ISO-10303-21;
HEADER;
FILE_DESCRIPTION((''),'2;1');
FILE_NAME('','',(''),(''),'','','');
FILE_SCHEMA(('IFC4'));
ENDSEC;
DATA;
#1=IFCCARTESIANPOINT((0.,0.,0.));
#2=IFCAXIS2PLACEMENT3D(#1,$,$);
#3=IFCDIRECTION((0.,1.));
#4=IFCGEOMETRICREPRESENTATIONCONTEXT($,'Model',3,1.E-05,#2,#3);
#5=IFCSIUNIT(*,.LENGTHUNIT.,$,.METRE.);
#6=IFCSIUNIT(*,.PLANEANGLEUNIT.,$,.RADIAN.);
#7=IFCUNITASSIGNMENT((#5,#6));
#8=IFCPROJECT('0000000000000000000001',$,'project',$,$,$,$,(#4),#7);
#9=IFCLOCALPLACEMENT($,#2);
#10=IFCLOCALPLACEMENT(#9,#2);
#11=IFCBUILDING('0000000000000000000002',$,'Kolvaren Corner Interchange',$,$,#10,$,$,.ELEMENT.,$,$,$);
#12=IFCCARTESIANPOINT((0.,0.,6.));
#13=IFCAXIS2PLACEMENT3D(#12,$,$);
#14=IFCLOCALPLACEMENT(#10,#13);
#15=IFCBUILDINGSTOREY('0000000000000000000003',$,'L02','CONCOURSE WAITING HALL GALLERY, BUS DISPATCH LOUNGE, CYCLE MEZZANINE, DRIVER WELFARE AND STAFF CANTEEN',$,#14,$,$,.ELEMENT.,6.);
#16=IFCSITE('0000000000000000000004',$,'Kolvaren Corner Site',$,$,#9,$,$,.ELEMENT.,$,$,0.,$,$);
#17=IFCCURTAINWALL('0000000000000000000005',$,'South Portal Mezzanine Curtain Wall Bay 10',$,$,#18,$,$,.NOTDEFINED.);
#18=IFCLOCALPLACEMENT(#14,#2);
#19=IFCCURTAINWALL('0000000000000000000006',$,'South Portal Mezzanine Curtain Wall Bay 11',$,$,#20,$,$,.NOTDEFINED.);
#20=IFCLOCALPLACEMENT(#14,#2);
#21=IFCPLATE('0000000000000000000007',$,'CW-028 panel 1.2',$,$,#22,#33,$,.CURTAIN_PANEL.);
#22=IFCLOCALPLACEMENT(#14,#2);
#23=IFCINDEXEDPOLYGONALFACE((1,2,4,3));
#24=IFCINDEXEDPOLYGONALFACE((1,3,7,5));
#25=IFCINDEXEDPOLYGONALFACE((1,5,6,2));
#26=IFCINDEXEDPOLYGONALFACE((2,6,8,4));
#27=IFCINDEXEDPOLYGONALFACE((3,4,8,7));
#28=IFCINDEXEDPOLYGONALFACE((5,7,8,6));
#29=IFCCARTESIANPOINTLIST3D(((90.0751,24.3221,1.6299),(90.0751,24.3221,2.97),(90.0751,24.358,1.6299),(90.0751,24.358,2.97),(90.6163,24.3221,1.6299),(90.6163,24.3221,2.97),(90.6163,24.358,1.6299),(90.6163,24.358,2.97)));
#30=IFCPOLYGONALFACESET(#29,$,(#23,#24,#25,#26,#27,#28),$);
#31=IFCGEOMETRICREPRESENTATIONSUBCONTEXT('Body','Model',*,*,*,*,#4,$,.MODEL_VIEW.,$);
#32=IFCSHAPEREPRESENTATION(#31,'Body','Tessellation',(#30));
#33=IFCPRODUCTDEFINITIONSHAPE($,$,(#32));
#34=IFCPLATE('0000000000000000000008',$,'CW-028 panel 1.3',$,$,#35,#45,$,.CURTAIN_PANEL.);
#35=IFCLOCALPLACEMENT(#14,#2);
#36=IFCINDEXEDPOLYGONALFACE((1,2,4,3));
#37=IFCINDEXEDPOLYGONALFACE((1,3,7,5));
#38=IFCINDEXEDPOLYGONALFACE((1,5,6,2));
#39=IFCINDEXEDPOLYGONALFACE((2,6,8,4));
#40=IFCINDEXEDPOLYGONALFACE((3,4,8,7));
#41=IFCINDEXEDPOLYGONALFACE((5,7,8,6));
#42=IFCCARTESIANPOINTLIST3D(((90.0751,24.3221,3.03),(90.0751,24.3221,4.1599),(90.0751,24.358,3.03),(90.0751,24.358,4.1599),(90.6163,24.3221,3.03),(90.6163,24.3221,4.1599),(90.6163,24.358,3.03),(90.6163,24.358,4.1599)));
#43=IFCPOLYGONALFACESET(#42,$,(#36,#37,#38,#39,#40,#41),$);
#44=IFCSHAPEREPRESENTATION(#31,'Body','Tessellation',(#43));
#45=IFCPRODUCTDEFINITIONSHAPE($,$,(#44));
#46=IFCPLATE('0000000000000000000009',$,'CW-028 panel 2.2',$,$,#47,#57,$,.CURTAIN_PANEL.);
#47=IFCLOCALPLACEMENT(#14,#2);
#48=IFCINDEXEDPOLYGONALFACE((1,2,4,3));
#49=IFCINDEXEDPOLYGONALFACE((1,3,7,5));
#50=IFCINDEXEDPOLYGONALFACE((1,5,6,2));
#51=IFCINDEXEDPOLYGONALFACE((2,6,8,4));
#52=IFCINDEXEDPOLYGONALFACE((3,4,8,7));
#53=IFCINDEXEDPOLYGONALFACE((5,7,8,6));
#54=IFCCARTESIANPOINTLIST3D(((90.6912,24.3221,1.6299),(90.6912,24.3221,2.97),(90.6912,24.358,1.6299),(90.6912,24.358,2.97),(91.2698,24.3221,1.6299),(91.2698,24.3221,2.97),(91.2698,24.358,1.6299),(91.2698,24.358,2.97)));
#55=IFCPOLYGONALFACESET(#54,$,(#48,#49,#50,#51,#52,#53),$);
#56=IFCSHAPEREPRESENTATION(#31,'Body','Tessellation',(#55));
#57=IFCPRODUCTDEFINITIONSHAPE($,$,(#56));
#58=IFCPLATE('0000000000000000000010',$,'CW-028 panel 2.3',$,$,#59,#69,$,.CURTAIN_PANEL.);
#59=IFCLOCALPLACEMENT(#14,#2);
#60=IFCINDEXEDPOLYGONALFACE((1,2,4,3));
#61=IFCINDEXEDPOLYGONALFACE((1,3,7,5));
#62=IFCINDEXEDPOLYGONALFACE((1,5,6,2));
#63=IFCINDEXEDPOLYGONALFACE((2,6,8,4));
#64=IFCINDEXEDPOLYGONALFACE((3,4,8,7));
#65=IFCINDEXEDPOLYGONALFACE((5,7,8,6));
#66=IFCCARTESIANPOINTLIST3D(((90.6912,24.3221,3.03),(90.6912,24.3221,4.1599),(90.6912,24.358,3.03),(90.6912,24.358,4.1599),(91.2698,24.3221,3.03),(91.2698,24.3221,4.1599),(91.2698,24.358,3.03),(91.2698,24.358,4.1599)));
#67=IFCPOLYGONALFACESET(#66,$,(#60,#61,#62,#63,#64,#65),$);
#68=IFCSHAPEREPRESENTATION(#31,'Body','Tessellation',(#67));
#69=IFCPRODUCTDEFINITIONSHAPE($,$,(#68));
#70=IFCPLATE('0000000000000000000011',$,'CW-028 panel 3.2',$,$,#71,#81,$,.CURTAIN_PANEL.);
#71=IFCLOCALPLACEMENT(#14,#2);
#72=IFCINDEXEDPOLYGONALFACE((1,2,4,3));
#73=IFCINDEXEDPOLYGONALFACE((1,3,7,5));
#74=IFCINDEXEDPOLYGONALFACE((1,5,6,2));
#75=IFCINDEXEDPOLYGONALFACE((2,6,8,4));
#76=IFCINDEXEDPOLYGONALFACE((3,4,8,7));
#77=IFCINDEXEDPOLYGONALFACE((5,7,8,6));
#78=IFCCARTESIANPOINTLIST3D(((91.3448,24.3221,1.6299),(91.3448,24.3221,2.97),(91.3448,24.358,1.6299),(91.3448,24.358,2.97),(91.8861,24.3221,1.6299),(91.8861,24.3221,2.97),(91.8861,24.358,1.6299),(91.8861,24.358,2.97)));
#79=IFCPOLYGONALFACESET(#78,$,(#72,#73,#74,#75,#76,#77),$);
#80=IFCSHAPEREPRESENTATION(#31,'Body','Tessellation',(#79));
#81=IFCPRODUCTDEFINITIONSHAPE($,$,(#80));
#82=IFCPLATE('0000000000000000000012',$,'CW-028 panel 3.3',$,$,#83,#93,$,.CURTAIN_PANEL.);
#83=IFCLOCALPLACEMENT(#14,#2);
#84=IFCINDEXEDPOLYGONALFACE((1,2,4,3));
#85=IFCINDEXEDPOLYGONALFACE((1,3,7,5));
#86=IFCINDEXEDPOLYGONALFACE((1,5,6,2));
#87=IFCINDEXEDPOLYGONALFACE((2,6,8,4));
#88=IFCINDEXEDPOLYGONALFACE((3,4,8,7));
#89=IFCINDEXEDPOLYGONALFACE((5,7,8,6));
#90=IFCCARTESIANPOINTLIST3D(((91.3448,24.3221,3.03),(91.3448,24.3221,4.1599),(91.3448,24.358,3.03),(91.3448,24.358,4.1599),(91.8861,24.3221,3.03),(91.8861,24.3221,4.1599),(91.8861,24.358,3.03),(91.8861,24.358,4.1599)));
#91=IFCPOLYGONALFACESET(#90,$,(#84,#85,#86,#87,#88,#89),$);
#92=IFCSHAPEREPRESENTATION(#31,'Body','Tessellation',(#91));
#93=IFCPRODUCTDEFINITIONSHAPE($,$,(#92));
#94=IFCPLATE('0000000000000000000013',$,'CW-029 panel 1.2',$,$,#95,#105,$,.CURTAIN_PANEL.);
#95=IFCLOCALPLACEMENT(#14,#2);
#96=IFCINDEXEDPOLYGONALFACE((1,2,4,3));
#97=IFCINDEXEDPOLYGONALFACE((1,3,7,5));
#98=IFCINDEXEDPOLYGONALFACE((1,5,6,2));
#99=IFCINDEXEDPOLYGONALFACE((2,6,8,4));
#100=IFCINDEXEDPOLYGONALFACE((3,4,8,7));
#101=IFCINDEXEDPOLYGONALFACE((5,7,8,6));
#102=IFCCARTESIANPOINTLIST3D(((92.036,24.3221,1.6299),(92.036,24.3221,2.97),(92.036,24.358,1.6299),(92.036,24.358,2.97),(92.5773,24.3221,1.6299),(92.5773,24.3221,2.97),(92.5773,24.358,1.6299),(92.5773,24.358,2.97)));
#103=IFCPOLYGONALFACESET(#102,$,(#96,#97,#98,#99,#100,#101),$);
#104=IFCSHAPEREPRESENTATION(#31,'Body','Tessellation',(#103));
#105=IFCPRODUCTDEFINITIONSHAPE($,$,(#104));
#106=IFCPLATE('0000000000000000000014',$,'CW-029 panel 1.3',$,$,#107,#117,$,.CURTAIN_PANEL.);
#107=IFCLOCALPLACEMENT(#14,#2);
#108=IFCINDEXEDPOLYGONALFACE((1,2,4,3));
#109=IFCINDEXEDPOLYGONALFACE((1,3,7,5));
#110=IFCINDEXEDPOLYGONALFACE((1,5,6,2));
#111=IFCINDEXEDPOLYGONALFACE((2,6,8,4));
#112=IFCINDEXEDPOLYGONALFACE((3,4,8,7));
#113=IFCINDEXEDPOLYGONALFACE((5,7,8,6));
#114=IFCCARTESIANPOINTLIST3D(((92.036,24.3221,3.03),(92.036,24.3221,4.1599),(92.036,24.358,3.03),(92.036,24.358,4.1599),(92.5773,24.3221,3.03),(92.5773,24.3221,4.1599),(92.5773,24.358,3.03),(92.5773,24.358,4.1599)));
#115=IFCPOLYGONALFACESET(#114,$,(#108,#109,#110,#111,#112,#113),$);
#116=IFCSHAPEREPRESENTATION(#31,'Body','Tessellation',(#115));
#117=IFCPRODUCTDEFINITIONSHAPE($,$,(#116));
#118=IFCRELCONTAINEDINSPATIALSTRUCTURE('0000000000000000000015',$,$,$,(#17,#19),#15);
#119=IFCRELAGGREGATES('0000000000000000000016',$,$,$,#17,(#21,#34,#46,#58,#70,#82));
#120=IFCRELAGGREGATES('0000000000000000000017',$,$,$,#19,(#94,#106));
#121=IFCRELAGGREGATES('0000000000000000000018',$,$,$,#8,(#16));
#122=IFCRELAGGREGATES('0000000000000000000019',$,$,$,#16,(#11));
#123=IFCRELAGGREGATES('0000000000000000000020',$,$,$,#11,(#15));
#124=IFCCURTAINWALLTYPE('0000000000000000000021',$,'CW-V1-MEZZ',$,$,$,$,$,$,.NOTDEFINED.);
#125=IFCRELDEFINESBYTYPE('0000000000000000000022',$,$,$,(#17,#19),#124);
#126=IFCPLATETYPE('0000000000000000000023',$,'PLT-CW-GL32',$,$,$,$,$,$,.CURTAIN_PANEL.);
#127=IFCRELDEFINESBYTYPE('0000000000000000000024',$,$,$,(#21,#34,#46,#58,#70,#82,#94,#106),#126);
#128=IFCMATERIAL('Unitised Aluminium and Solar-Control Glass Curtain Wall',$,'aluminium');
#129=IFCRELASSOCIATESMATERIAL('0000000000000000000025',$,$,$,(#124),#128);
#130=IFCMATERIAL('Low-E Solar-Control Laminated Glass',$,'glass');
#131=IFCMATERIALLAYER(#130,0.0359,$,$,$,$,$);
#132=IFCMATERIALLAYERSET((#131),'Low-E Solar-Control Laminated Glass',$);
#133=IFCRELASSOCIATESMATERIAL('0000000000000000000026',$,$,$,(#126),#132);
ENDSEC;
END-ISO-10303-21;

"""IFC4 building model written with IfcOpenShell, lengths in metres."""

from ifc_helpers import new_model, si_unit, direction, frame, origin, origin_2d, place, context, subcontext, project, spatial, rectangle, extrude, material, layer, layer_set, type_object, element, aggregate, save


model = new_model("IFC4")

# Units and contexts
model_context = context("Model", 3, precision=1e-05, world=origin(), true_north=direction((0.0, 1.0)))
body_context = subcontext(model_context, "Body", "Model", "MODEL_VIEW")
ifc_project = project(units=[si_unit("LENGTHUNIT", "METRE"), si_unit("PLANEANGLEUNIT", "RADIAN")], contexts=[model_context])

# Site, building, storey
site_placement = place(None, origin())
site = spatial("IfcSite", under=ifc_project, at=site_placement, Name="Kolvaren Corner Site", CompositionType="ELEMENT", RefElevation=0.0)
building_placement = place(site_placement, origin())
building = spatial("IfcBuilding", under=site, at=building_placement, Name="Kolvaren Corner Interchange", CompositionType="ELEMENT")
storey_placement = place(building_placement, frame((0.0, 0.0, 6.0)))
storey = spatial("IfcBuildingStorey", under=building, at=storey_placement, Name="L02", Description="CONCOURSE WAITING HALL GALLERY, BUS DISPATCH LOUNGE, CYCLE MEZZANINE, DRIVER WELFARE AND STAFF CANTEEN", CompositionType="ELEMENT", Elevation=6.0)

# Curtain walls
ifc_material_1 = material(Name="Unitised Aluminium and Solar-Control Glass Curtain Wall", Category="aluminium")
curtain_wall_type = type_object("IfcCurtainWallType", Name="CW-V1-MEZZ", PredefinedType="NOTDEFINED", material=ifc_material_1)
curtain_wall_1_placement = place(storey_placement, origin())
curtain_wall_1 = element("IfcCurtainWall", 1, at=curtain_wall_1_placement, inside=storey, type_object=curtain_wall_type, Name="South Portal Mezzanine Curtain Wall Bay 10", PredefinedType="NOTDEFINED")
curtain_wall_2_placement = place(storey_placement, origin())
curtain_wall_2 = element("IfcCurtainWall", 2, at=curtain_wall_2_placement, inside=storey, type_object=curtain_wall_type, Name="South Portal Mezzanine Curtain Wall Bay 11", PredefinedType="NOTDEFINED")

# Plates
ifc_material_2 = material(Name="Low-E Solar-Control Laminated Glass", Category="glass")
ifc_layer = layer(ifc_material_2, 0.0359)
ifc_layer_set = layer_set([ifc_layer], Name="Low-E Solar-Control Laminated Glass")
plate_type = type_object("IfcPlateType", Name="PLT-CW-GL32", PredefinedType="CURTAIN_PANEL", material=ifc_layer_set)
plate_1_placement = place(storey_placement, frame((90.3457, 24.3401, 1.6299), z_axis=(0.0, 0.0, 1.0), x_axis=(1.0, 0.0, 0.0)))
plate_1 = element("IfcPlate", 3, at=plate_1_placement, type_object=plate_type, Name="CW-028 panel 1.2", PredefinedType="CURTAIN_PANEL", context=body_context, shape_type="SweptSolid", body=[
    extrude(rectangle(XDim=0.5413, YDim=0.0359, at=origin_2d()), origin(), (0.0, 0.0, 1.0), 1.3401),
])
plate_2_placement = place(storey_placement, frame((90.3457, 24.3401, 3.03), z_axis=(0.0, 0.0, 1.0), x_axis=(1.0, 0.0, 0.0)))
plate_2 = element("IfcPlate", 4, at=plate_2_placement, type_object=plate_type, Name="CW-028 panel 1.3", PredefinedType="CURTAIN_PANEL", context=body_context, shape_type="SweptSolid", body=[
    extrude(rectangle(XDim=0.5413, YDim=0.0359, at=origin_2d()), origin(), (0.0, 0.0, 1.0), 1.1299),
])
plate_3_placement = place(storey_placement, frame((90.9805, 24.3401, 1.6299), z_axis=(0.0, 0.0, 1.0), x_axis=(1.0, 0.0, 0.0)))
plate_3 = element("IfcPlate", 5, at=plate_3_placement, type_object=plate_type, Name="CW-028 panel 2.2", PredefinedType="CURTAIN_PANEL", context=body_context, shape_type="SweptSolid", body=[
    extrude(rectangle(XDim=0.5786, YDim=0.0359, at=origin_2d()), origin(), (0.0, 0.0, 1.0), 1.3401),
])
plate_4_placement = place(storey_placement, frame((90.9805, 24.3401, 3.03), z_axis=(0.0, 0.0, 1.0), x_axis=(1.0, 0.0, 0.0)))
plate_4 = element("IfcPlate", 6, at=plate_4_placement, type_object=plate_type, Name="CW-028 panel 2.3", PredefinedType="CURTAIN_PANEL", context=body_context, shape_type="SweptSolid", body=[
    extrude(rectangle(XDim=0.5786, YDim=0.0359, at=origin_2d()), origin(), (0.0, 0.0, 1.0), 1.1299),
])
plate_5_placement = place(storey_placement, frame((91.6155, 24.3401, 1.6299), z_axis=(0.0, 0.0, 1.0), x_axis=(1.0, 0.0, 0.0)))
plate_5 = element("IfcPlate", 7, at=plate_5_placement, type_object=plate_type, Name="CW-028 panel 3.2", PredefinedType="CURTAIN_PANEL", context=body_context, shape_type="SweptSolid", body=[
    extrude(rectangle(XDim=0.5413, YDim=0.0359, at=origin_2d()), origin(), (0.0, 0.0, 1.0), 1.3401),
])
plate_6_placement = place(storey_placement, frame((91.6155, 24.3401, 3.03), z_axis=(0.0, 0.0, 1.0), x_axis=(1.0, 0.0, 0.0)))
plate_6 = element("IfcPlate", 8, at=plate_6_placement, type_object=plate_type, Name="CW-028 panel 3.3", PredefinedType="CURTAIN_PANEL", context=body_context, shape_type="SweptSolid", body=[
    extrude(rectangle(XDim=0.5413, YDim=0.0359, at=origin_2d()), origin(), (0.0, 0.0, 1.0), 1.1299),
])
aggregate(curtain_wall_1, [plate_1, plate_2, plate_3, plate_4, plate_5, plate_6])
plate_7_placement = place(storey_placement, frame((92.3066, 24.3401, 1.6299), z_axis=(0.0, 0.0, 1.0), x_axis=(1.0, 0.0, 0.0)))
plate_7 = element("IfcPlate", 9, at=plate_7_placement, type_object=plate_type, Name="CW-029 panel 1.2", PredefinedType="CURTAIN_PANEL", context=body_context, shape_type="SweptSolid", body=[
    extrude(rectangle(XDim=0.5413, YDim=0.0359, at=origin_2d()), origin(), (0.0, 0.0, 1.0), 1.3401),
])
plate_8_placement = place(storey_placement, frame((92.3066, 24.3401, 3.03), z_axis=(0.0, 0.0, 1.0), x_axis=(1.0, 0.0, 0.0)))
plate_8 = element("IfcPlate", 10, at=plate_8_placement, type_object=plate_type, Name="CW-029 panel 1.3", PredefinedType="CURTAIN_PANEL", context=body_context, shape_type="SweptSolid", body=[
    extrude(rectangle(XDim=0.5413, YDim=0.0359, at=origin_2d()), origin(), (0.0, 0.0, 1.0), 1.1299),
])
aggregate(curtain_wall_2, [plate_7, plate_8])

save(model, "model.ifc")
